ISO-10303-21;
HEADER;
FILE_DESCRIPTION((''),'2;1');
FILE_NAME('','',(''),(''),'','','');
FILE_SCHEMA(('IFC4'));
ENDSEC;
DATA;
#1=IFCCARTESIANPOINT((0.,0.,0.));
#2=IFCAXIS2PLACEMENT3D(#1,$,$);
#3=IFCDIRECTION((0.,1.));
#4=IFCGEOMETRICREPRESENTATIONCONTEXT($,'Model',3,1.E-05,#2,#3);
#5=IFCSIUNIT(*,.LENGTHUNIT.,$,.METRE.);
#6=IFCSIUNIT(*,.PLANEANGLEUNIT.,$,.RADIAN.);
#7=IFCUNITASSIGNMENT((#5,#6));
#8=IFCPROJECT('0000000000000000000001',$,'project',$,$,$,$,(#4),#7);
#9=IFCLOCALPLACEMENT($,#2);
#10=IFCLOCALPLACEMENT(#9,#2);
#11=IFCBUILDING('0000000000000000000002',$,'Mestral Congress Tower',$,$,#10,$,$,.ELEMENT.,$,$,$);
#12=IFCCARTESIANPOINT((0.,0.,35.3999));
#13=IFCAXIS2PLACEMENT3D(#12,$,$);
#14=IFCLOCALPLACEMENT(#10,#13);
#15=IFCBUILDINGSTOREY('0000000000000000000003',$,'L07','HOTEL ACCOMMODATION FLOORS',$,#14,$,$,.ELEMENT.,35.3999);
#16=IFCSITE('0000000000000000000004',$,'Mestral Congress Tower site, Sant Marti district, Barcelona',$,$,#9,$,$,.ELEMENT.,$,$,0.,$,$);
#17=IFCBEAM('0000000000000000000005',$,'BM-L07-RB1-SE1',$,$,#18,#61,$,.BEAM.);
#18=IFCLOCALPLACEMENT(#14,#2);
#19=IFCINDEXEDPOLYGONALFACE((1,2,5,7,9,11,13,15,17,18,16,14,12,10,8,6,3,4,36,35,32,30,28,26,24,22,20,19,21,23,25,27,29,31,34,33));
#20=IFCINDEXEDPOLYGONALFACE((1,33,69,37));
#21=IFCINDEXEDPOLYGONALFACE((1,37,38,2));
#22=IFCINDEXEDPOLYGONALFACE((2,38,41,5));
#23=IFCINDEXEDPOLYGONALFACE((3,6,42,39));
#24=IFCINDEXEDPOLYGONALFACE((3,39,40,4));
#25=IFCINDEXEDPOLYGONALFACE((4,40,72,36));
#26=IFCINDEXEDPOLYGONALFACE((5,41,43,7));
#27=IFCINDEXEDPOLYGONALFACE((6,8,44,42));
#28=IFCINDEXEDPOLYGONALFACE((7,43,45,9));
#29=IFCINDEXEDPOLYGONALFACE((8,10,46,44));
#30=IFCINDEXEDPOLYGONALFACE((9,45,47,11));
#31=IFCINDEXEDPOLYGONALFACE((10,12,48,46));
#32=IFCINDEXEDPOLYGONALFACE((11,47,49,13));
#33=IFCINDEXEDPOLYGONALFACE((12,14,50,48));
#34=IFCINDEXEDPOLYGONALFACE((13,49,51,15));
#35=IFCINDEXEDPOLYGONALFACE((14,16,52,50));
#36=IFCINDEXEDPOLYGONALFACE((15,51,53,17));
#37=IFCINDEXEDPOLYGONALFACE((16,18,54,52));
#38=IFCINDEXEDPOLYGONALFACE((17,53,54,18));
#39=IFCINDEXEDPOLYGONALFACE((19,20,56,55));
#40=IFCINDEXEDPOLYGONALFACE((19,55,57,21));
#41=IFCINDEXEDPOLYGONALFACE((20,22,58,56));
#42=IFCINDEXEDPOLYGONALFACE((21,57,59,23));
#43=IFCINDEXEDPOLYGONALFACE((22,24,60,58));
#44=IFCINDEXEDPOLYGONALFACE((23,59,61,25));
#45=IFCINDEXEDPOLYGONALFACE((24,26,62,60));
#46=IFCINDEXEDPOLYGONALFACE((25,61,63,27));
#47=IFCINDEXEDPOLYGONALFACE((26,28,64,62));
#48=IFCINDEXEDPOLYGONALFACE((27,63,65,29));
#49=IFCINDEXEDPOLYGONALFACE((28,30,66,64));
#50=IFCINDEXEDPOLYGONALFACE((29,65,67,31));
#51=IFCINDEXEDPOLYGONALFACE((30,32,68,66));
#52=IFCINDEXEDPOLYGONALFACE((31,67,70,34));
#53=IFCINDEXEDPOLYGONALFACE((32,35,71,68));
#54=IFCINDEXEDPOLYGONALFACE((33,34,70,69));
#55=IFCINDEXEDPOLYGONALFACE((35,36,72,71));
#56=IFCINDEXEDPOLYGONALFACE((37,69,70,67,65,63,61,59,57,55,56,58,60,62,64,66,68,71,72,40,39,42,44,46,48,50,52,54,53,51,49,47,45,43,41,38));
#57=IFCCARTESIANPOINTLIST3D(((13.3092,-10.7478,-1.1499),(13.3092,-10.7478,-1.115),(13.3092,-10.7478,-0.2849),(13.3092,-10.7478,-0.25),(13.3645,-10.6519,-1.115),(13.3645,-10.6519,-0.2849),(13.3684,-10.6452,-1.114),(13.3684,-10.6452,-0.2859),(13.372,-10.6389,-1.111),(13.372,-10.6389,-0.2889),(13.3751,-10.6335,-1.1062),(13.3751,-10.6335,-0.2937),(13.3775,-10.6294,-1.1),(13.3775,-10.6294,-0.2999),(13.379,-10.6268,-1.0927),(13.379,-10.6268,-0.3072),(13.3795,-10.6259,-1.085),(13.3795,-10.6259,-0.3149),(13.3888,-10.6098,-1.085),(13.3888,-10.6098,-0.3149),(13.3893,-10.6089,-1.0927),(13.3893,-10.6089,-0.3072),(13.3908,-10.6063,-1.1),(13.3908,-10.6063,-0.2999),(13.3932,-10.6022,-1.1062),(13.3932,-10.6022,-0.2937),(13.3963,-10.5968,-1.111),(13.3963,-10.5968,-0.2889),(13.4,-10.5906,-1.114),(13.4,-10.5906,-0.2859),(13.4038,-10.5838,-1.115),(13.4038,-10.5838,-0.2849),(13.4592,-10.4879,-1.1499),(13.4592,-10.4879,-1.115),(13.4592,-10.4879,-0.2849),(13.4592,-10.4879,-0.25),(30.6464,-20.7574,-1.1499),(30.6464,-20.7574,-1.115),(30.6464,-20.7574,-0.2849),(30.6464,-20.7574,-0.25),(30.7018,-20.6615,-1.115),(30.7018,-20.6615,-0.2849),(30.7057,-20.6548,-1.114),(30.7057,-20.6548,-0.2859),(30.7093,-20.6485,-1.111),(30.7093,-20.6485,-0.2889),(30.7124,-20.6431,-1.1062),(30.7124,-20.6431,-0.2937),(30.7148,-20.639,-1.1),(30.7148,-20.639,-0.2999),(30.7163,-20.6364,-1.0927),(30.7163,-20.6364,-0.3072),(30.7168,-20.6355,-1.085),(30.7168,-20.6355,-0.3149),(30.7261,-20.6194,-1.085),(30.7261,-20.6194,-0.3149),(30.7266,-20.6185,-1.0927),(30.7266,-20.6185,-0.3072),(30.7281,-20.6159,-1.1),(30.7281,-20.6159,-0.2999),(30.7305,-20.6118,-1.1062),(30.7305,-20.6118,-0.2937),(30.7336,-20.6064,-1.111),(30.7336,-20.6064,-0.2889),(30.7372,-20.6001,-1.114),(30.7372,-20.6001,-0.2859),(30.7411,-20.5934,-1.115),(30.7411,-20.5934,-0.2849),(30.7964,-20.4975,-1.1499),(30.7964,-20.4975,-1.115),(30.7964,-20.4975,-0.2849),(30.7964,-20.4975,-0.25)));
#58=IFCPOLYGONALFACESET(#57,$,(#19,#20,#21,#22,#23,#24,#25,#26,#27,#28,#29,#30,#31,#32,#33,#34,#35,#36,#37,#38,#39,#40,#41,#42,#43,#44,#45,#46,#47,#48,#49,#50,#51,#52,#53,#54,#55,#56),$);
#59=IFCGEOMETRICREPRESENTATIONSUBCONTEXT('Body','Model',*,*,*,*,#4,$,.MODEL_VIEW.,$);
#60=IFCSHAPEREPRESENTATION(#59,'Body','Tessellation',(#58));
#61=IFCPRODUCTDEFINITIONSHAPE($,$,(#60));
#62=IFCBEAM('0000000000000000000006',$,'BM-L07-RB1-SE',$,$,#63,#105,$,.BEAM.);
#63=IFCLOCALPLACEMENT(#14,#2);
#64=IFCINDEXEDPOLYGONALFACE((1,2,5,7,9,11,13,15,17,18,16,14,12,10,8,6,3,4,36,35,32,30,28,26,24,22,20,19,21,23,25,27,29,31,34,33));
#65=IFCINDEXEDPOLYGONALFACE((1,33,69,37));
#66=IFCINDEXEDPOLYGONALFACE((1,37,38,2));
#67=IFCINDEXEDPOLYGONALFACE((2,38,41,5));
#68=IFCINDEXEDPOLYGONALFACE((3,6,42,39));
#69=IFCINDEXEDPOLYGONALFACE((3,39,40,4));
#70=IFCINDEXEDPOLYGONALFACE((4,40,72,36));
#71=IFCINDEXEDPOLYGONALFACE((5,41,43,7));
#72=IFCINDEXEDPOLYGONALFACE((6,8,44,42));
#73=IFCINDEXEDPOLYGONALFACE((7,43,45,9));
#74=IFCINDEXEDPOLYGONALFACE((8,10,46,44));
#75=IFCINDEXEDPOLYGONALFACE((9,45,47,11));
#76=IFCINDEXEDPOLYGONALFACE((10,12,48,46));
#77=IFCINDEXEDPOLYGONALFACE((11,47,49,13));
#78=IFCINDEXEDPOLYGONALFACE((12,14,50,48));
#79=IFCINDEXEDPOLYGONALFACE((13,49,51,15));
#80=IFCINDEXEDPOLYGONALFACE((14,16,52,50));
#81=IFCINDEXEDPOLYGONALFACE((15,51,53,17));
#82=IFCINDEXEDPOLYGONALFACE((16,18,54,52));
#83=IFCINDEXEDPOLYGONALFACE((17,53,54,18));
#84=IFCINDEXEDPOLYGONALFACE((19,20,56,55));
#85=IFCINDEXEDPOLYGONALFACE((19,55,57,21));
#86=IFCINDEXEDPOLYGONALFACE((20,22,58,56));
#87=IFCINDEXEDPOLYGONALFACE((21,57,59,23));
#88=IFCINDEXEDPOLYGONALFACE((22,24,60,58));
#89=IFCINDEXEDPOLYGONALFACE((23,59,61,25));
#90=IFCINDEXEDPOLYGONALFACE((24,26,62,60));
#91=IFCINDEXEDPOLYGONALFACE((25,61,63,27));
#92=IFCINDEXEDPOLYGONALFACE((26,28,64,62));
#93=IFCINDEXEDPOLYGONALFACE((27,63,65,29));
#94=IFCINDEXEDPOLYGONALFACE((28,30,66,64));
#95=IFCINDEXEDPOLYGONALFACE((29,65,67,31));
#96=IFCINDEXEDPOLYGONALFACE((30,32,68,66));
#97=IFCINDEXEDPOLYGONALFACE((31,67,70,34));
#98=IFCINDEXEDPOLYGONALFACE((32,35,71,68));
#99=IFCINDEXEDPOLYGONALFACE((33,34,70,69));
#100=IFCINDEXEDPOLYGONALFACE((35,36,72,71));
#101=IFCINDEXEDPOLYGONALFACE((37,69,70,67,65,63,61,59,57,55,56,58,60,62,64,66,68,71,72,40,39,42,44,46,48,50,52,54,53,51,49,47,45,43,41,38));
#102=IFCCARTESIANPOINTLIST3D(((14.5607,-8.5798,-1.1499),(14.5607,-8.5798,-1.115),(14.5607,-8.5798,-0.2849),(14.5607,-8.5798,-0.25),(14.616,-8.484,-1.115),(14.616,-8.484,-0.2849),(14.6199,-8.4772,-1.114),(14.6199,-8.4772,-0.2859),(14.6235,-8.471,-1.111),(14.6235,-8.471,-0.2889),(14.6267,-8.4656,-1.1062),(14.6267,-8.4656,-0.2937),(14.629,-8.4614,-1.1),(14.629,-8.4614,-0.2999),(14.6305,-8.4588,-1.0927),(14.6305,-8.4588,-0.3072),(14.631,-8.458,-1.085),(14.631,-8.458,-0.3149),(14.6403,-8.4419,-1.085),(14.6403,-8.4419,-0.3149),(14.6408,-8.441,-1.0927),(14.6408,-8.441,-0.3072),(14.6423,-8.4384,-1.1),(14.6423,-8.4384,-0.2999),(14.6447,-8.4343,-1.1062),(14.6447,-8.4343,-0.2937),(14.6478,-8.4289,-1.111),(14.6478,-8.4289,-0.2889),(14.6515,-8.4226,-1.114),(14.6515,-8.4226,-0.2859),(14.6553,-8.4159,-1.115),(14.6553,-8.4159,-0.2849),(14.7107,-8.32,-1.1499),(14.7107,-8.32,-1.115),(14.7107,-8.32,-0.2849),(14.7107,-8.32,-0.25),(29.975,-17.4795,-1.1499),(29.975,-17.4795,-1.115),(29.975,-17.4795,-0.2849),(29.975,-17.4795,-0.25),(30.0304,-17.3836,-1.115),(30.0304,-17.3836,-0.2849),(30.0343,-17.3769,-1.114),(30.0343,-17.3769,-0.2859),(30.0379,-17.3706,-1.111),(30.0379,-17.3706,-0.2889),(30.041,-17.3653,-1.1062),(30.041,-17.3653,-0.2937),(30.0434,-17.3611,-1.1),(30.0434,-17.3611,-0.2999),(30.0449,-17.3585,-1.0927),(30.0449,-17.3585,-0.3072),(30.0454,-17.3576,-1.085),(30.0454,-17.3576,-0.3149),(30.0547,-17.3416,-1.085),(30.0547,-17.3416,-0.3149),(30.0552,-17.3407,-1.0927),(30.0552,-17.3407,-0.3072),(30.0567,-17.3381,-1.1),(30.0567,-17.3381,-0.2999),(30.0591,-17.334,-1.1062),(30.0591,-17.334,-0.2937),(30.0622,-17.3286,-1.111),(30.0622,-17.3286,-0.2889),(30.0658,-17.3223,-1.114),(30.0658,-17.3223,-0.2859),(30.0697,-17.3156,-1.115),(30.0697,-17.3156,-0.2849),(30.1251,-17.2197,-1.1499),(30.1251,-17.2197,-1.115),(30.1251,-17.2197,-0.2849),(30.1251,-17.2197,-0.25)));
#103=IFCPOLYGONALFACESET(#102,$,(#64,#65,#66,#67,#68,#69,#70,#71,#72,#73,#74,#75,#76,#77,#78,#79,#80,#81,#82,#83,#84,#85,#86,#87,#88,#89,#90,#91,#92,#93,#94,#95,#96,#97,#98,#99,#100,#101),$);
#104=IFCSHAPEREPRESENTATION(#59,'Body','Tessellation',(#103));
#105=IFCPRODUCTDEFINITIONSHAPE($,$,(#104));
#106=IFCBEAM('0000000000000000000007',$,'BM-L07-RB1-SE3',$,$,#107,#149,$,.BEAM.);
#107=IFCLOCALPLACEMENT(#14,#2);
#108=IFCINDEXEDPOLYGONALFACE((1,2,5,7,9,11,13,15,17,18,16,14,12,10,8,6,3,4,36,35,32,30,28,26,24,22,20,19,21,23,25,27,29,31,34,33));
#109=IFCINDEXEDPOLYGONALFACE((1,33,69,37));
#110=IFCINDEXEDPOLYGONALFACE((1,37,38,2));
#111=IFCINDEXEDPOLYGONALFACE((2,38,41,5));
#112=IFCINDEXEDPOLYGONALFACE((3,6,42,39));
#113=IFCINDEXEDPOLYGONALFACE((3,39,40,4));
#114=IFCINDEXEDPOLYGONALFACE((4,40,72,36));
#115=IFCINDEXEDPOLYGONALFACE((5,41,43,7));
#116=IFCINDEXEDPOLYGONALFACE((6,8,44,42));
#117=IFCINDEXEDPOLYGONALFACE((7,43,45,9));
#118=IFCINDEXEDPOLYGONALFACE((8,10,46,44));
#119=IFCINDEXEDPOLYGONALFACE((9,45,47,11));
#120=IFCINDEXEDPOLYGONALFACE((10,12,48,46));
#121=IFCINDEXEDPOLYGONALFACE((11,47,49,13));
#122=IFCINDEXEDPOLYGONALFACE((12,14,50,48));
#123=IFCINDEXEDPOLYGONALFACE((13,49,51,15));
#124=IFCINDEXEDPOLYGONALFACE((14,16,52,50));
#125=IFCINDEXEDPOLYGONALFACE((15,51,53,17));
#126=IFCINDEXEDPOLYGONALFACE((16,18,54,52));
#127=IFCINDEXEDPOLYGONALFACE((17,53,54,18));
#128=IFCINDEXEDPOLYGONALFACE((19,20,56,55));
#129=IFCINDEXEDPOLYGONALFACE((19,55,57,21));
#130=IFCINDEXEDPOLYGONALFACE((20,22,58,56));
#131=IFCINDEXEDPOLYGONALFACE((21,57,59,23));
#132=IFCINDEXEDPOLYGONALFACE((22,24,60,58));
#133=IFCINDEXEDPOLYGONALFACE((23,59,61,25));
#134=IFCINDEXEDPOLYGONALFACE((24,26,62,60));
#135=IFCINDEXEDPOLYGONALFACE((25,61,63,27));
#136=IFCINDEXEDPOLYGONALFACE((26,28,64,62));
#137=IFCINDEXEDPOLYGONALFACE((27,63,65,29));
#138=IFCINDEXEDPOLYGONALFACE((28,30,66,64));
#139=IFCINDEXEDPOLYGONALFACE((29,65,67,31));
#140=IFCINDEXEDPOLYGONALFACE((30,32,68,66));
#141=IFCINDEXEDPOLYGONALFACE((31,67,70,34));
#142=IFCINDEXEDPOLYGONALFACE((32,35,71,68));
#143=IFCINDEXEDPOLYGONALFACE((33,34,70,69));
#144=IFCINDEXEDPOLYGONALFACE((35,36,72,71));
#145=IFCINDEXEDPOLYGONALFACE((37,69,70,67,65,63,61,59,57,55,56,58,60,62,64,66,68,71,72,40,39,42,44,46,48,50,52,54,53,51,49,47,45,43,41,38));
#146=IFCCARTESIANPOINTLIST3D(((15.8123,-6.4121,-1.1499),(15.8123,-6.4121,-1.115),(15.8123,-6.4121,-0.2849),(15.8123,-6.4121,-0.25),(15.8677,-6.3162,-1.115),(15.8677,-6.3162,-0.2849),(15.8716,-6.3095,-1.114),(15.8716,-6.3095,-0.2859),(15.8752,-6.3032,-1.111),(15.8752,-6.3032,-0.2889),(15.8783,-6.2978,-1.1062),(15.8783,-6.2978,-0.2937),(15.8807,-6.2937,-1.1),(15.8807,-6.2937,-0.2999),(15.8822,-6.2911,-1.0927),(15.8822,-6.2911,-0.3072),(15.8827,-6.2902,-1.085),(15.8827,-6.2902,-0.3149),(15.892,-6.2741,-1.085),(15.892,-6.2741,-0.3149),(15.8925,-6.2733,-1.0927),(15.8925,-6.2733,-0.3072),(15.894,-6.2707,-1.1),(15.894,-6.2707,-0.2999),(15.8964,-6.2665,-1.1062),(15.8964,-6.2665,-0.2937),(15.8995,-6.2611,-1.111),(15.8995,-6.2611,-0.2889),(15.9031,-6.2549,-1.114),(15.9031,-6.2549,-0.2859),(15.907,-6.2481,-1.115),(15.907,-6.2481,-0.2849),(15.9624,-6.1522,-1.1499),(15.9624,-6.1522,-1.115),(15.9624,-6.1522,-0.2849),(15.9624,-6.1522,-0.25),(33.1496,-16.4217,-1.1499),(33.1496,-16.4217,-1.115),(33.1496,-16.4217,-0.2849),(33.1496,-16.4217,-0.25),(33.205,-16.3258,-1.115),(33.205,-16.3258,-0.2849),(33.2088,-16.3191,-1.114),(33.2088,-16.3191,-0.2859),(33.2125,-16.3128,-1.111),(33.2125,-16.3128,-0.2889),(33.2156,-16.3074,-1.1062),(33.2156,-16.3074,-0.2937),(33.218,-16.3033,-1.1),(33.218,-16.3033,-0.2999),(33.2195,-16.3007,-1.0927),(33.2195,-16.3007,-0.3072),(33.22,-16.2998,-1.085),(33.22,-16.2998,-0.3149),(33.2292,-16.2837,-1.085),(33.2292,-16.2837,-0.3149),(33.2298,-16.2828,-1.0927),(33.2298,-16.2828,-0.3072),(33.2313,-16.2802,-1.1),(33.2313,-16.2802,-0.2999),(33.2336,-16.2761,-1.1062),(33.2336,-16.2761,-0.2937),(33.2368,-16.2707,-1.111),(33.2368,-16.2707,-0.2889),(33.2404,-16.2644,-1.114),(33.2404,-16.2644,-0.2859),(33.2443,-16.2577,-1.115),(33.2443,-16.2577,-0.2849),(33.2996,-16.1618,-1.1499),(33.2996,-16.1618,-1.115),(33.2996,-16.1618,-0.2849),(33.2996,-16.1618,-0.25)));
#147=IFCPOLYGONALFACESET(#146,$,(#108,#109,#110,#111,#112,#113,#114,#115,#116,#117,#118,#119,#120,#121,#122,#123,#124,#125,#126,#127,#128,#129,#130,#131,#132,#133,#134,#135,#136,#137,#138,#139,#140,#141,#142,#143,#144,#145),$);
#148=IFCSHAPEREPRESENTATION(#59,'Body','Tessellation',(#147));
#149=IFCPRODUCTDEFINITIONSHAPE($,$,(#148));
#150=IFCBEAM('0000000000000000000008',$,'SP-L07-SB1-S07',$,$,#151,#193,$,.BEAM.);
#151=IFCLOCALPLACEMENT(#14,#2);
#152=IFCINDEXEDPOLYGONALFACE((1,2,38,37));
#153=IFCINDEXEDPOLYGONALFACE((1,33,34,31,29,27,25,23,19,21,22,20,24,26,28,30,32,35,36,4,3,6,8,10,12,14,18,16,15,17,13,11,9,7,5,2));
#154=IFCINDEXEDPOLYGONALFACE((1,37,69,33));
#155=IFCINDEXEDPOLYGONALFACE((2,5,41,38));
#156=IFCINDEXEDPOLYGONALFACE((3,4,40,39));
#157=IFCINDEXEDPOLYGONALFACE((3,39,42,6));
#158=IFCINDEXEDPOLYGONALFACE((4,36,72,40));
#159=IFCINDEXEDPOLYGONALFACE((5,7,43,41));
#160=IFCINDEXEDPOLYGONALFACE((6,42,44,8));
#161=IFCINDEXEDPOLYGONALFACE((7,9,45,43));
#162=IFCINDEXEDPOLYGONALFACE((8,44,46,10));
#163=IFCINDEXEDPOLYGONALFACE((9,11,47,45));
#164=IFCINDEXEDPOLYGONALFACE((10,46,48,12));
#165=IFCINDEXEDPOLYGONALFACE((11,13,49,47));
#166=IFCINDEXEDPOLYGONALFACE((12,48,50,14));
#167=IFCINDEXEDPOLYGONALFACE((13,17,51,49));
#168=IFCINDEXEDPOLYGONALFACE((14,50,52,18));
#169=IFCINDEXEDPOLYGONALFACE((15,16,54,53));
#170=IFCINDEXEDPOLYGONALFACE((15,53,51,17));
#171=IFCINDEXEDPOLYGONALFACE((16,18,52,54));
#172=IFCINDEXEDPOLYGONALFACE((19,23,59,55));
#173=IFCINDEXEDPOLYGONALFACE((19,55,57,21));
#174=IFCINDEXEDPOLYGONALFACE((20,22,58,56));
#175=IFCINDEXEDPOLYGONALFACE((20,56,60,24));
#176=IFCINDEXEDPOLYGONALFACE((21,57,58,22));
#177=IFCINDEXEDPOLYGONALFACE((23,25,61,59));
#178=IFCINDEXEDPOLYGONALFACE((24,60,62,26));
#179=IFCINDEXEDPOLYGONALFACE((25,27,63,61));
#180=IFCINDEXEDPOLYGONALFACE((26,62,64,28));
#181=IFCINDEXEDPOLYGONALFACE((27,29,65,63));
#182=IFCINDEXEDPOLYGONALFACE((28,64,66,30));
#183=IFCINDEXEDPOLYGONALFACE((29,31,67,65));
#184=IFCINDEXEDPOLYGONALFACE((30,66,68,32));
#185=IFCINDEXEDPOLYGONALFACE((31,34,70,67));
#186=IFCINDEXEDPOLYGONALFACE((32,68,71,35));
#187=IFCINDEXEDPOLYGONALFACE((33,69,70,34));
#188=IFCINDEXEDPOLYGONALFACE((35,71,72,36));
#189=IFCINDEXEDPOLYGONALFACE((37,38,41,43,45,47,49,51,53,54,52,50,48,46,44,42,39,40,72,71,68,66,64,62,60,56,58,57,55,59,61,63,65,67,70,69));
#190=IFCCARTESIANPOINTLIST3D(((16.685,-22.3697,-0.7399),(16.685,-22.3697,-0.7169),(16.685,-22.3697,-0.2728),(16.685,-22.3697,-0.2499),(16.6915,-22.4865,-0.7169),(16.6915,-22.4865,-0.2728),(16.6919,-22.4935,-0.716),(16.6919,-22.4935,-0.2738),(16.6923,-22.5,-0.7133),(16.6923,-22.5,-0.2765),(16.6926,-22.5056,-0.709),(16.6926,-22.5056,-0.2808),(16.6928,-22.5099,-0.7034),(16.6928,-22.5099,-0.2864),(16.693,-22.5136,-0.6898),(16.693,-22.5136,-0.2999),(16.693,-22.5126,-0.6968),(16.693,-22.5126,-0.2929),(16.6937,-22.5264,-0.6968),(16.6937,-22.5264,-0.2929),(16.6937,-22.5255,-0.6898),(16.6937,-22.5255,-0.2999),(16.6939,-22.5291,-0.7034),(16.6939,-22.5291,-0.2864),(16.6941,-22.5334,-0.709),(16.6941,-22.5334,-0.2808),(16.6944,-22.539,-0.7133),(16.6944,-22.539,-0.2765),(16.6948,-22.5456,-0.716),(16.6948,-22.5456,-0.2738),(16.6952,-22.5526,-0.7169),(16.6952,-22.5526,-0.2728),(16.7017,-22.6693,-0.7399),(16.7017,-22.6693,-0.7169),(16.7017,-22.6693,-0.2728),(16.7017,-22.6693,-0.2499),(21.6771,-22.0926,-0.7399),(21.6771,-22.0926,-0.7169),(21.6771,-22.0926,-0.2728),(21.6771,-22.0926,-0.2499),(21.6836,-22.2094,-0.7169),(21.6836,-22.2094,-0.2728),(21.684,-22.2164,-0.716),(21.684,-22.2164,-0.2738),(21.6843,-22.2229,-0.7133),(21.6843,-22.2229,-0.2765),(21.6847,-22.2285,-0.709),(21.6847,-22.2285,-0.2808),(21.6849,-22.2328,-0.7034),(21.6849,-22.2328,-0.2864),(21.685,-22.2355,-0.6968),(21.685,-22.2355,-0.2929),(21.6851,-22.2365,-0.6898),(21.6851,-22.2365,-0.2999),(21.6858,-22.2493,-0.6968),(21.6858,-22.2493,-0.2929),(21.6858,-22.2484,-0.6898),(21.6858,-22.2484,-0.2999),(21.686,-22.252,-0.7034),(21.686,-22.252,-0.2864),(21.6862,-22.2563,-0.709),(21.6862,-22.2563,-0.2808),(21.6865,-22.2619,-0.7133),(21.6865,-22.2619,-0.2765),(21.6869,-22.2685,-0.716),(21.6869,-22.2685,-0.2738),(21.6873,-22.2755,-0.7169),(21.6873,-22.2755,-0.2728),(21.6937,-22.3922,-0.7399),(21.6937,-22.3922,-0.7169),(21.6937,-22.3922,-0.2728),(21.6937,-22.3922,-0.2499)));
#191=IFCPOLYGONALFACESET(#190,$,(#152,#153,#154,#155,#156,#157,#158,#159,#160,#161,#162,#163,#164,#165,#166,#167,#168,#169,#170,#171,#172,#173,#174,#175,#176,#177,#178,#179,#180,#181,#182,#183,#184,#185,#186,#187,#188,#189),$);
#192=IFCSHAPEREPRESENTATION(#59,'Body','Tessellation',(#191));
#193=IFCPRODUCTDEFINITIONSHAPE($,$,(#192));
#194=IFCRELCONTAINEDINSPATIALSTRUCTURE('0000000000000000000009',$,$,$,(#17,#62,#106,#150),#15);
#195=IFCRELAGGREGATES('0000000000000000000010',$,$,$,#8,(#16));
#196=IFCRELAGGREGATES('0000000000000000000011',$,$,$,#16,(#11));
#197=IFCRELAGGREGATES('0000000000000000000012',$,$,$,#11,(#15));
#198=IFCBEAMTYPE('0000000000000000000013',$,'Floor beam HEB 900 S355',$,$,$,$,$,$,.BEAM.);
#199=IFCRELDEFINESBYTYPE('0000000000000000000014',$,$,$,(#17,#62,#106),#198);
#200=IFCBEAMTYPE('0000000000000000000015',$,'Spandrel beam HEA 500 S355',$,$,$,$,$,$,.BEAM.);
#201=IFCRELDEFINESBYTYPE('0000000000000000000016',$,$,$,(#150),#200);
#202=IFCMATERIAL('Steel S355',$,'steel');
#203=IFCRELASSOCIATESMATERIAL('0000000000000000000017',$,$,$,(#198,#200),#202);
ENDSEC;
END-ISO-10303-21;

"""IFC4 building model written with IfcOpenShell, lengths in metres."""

from ifc_helpers import new_model, si_unit, direction, frame, origin, origin_2d, place, context, subcontext, project, spatial, i_section, extrude, material, material_profile, profile_set, type_object, element, save


model = new_model("IFC4")

# Units and contexts
model_context = context("Model", 3, precision=1e-05, world=origin(), true_north=direction((0.0, 1.0)))
body_context = subcontext(model_context, "Body", "Model", "MODEL_VIEW")
ifc_project = project(units=[si_unit("LENGTHUNIT", "METRE"), si_unit("PLANEANGLEUNIT", "RADIAN")], contexts=[model_context])

# Site, building, storey
site_placement = place(None, origin())
site = spatial("IfcSite", under=ifc_project, at=site_placement, Name="Mestral Congress Tower site, Sant Marti district, Barcelona", CompositionType="ELEMENT", RefElevation=0.0)
building_placement = place(site_placement, origin())
building = spatial("IfcBuilding", under=site, at=building_placement, Name="Mestral Congress Tower", CompositionType="ELEMENT")
storey_placement = place(building_placement, frame((0.0, 0.0, 35.3999)))
storey = spatial("IfcBuildingStorey", under=building, at=storey_placement, Name="L07", Description="HOTEL ACCOMMODATION FLOORS", CompositionType="ELEMENT", Elevation=35.3999)

# Beams
ifc_material_1 = material(Name="Steel S355", Category="steel")
ifc_material_profile_1 = material_profile(ifc_material_1, i_section(OverallWidth=0.3, OverallDepth=0.8999, WebThickness=0.0186, FlangeThickness=0.0349, FilletRadius=0.03, at=origin_2d()), Name="HEB 900")
ifc_profile_set_1 = profile_set([ifc_material_profile_1], Name="Steel S355")
beam_type_1 = type_object("IfcBeamType", Name="Floor beam HEB 900 S355", PredefinedType="BEAM", material=ifc_profile_set_1)
beam_1_placement = place(storey_placement, frame((30.7214, -20.6274, -0.7), z_axis=(-0.866027, 0.499997, 0.0), x_axis=(-0.499997, -0.866027, 0.0)))
element("IfcBeam", 1, at=beam_1_placement, inside=storey, type_object=beam_type_1, Name="BM-L07-RB1-SE1", PredefinedType="BEAM", context=body_context, shape_type="SweptSolid", body=[
    extrude(i_section(OverallWidth=0.3, OverallDepth=0.8999, WebThickness=0.0186, FlangeThickness=0.0349, FilletRadius=0.03, at=origin_2d()), origin(), (0.0, 0.0, 1.0), 20.0193),
])
beam_2_placement = place(storey_placement, frame((30.05, -17.3496, -0.7), z_axis=(-0.86602, 0.500009, 0.0), x_axis=(-0.500009, -0.86602, 0.0)))
element("IfcBeam", 2, at=beam_2_placement, inside=storey, type_object=beam_type_1, Name="BM-L07-RB1-SE", PredefinedType="BEAM", context=body_context, shape_type="SweptSolid", body=[
    extrude(i_section(OverallWidth=0.3, OverallDepth=0.8999, WebThickness=0.0186, FlangeThickness=0.0349, FilletRadius=0.03, at=origin_2d()), origin(), (0.0, 0.0, 1.0), 17.7991),
])
beam_3_placement = place(storey_placement, frame((33.2246, -16.2917, -0.7), z_axis=(-0.866027, 0.499997, 0.0), x_axis=(-0.499997, -0.866027, 0.0)))
element("IfcBeam", 3, at=beam_3_placement, inside=storey, type_object=beam_type_1, Name="BM-L07-RB1-SE3", PredefinedType="BEAM", context=body_context, shape_type="SweptSolid", body=[
    extrude(i_section(OverallWidth=0.3, OverallDepth=0.8999, WebThickness=0.0186, FlangeThickness=0.0349, FilletRadius=0.03, at=origin_2d()), origin(), (0.0, 0.0, 1.0), 20.0193),
])
ifc_material_profile_2 = material_profile(ifc_material_1, i_section(OverallWidth=0.3, OverallDepth=0.49, WebThickness=0.012, FlangeThickness=0.0229, FilletRadius=0.0271, at=origin_2d()), Name="HEA 500")
ifc_profile_set_2 = profile_set([ifc_material_profile_2], Name="Steel S355")
beam_type_2 = type_object("IfcBeamType", Name="Spandrel beam HEA 500 S355", PredefinedType="BEAM", material=ifc_profile_set_2)
beam_4_placement = place(storey_placement, frame((16.6934, -22.5195, -0.4949), z_axis=(0.998463, 0.055421, 0.0), x_axis=(-0.055421, 0.998463, 0.0)))
element("IfcBeam", 4, at=beam_4_placement, inside=storey, type_object=beam_type_2, Name="SP-L07-SB1-S07", PredefinedType="BEAM", context=body_context, shape_type="SweptSolid", body=[
    extrude(i_section(OverallWidth=0.3, OverallDepth=0.49, WebThickness=0.012, FlangeThickness=0.0229, FilletRadius=0.0271, at=origin_2d()), origin(), (0.0, 0.0, 1.0), 4.9998),
])

save(model, "model.ifc")
